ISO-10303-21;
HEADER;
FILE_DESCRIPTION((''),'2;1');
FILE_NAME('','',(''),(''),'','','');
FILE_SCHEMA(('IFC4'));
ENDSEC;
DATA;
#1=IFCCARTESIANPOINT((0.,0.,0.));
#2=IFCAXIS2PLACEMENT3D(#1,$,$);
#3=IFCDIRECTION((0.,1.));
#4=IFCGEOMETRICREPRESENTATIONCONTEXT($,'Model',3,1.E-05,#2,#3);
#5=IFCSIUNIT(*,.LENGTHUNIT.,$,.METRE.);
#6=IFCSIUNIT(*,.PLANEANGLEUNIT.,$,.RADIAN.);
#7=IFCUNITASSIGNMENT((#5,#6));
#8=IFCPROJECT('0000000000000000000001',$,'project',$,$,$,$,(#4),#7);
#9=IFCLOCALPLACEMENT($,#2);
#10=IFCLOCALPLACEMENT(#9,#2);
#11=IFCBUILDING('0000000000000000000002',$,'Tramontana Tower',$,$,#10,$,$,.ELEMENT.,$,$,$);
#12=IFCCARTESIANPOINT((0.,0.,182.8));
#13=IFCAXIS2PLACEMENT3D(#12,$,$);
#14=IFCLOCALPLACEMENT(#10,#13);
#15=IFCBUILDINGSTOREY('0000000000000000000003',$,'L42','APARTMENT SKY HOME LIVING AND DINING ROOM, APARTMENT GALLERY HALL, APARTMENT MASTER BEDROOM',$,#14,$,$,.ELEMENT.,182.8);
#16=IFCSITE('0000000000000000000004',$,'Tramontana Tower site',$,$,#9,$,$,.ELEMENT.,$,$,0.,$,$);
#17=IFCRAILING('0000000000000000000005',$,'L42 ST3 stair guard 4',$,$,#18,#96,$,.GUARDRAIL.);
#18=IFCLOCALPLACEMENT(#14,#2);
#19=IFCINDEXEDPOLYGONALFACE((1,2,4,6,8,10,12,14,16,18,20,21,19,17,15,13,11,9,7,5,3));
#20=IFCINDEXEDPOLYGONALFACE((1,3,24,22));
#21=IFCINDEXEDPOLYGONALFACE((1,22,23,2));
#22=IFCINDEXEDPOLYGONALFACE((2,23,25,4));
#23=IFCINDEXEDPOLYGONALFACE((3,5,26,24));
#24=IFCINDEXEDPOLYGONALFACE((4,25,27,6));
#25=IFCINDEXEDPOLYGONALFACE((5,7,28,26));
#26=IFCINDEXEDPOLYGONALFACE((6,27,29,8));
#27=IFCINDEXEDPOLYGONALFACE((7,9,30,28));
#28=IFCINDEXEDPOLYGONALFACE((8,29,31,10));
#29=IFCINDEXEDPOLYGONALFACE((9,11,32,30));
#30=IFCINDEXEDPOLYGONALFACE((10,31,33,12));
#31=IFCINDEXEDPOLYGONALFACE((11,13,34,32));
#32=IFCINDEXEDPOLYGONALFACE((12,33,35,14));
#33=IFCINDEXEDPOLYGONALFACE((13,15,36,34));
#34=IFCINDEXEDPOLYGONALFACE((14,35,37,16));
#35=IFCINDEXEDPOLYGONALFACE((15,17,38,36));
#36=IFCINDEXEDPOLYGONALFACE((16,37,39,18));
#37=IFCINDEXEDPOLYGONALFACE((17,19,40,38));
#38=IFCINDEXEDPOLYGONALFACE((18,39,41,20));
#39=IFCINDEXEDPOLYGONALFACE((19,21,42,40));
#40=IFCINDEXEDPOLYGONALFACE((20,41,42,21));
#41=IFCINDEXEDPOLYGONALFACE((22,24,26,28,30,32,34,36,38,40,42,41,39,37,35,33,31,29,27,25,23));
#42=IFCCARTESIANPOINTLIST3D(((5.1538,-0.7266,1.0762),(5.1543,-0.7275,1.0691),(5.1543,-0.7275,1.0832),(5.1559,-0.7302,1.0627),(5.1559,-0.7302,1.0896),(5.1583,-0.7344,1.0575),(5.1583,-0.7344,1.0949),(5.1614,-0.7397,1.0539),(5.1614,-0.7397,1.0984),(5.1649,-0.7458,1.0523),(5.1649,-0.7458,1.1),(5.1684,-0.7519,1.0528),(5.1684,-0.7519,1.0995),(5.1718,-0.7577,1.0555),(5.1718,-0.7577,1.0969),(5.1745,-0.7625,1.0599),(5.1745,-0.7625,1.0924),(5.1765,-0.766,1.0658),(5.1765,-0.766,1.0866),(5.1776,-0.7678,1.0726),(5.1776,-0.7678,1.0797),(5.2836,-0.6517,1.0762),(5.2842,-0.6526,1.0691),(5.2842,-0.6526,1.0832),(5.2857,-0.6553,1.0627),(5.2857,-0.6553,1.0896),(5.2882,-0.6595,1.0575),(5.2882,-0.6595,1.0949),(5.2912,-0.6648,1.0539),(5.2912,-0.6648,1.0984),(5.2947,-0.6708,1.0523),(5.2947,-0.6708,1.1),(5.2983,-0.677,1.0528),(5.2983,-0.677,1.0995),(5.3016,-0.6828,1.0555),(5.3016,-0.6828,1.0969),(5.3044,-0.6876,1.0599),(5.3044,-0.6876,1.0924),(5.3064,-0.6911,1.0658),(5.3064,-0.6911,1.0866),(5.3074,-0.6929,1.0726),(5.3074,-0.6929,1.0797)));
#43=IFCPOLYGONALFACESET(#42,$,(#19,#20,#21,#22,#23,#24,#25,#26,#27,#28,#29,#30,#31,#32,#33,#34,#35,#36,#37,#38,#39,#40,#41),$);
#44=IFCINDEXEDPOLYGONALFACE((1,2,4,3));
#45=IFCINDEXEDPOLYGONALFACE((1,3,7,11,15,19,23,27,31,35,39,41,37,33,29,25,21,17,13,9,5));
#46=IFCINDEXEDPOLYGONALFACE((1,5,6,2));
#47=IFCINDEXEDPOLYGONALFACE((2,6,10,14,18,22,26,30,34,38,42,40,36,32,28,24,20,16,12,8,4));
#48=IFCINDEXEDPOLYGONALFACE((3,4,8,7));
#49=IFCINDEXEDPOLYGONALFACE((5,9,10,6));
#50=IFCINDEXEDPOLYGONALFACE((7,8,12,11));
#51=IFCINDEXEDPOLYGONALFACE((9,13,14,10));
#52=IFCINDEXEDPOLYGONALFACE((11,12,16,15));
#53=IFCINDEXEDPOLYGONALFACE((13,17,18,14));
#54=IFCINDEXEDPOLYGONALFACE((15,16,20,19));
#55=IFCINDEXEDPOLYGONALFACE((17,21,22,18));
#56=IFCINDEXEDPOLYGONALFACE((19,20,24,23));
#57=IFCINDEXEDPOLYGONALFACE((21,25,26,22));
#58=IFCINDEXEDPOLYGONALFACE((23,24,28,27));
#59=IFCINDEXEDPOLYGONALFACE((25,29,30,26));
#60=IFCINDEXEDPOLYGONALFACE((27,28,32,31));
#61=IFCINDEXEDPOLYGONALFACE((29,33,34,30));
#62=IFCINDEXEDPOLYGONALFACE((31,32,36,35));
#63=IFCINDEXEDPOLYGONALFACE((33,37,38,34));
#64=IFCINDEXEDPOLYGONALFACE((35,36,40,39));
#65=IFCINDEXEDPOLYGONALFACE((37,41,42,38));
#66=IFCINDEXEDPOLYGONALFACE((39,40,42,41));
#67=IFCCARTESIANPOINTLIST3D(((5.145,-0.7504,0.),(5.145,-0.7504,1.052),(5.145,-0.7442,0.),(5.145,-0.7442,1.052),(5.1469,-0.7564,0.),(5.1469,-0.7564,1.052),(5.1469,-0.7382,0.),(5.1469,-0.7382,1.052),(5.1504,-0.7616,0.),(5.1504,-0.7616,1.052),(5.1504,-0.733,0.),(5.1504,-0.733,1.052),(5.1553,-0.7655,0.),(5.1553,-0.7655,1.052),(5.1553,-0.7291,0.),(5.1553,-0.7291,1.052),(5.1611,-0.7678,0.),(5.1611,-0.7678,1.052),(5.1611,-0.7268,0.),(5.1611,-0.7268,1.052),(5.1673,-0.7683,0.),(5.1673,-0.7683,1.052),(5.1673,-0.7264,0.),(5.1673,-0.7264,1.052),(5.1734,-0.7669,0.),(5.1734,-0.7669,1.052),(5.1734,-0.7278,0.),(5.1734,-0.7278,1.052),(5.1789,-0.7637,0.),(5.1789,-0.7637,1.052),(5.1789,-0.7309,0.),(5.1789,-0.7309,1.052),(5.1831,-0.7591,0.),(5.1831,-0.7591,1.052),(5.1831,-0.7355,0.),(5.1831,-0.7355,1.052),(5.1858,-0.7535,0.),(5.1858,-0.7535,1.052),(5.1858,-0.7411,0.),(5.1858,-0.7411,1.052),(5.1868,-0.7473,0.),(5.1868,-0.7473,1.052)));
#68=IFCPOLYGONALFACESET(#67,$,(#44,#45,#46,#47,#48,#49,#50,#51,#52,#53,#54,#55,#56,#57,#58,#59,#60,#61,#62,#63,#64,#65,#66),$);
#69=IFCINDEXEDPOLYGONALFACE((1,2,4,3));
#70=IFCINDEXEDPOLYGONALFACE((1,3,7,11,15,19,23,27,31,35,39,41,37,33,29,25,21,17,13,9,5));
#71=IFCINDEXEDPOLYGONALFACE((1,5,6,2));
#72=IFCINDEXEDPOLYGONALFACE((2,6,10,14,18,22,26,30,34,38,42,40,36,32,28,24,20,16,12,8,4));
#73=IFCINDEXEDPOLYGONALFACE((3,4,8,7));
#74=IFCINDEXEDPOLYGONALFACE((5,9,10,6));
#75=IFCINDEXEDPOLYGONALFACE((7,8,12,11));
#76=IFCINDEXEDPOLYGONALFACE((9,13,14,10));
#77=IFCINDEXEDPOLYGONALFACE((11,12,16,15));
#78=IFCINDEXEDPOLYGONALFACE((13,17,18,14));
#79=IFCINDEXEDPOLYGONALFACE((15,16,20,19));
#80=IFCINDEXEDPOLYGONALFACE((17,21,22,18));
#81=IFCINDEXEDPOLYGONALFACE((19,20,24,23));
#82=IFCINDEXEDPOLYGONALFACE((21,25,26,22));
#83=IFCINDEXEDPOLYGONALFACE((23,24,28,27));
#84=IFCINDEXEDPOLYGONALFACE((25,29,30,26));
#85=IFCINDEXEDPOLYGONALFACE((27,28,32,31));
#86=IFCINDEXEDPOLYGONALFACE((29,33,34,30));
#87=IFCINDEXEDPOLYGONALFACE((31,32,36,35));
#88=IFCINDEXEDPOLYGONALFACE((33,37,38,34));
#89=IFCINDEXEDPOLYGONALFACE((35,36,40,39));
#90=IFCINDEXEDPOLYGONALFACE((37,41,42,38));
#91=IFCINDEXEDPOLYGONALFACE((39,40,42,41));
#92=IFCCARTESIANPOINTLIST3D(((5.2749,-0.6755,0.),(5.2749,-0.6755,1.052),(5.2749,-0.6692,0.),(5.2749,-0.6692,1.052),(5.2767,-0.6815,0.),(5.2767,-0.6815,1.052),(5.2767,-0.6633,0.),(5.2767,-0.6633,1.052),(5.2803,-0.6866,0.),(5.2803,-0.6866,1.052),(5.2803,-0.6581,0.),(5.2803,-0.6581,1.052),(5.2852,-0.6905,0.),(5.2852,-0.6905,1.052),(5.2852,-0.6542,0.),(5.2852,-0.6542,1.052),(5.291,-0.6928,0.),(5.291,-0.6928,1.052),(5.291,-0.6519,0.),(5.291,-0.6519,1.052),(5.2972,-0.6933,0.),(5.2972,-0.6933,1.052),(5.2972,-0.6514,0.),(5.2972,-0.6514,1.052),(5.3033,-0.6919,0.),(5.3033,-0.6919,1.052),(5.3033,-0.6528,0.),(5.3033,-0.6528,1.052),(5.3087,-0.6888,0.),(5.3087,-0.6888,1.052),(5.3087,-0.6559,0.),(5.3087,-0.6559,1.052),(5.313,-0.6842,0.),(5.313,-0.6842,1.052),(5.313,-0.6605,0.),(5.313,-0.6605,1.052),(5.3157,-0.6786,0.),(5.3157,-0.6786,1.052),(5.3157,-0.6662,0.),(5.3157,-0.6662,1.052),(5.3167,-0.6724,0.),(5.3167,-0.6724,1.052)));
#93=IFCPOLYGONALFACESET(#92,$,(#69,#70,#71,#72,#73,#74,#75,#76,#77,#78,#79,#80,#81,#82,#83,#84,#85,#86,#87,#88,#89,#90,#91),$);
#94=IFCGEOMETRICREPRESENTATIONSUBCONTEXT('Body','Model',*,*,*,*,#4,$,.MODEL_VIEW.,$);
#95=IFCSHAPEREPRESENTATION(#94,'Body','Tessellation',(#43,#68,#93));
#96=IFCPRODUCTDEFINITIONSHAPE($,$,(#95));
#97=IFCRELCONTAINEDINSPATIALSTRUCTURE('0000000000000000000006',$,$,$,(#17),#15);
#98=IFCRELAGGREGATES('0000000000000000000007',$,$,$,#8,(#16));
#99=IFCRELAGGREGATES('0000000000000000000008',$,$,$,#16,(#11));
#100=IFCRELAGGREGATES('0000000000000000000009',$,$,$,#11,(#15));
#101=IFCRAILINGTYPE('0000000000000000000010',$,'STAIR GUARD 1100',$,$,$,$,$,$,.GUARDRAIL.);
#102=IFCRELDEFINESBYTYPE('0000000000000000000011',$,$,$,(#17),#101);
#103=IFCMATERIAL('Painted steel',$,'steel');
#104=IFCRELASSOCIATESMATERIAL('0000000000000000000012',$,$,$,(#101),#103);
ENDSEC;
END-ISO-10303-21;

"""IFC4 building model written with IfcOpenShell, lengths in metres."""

from ifc_helpers import new_model, si_unit, direction, frame, origin, origin_2d, place, context, subcontext, project, spatial, circle, extrude, material, type_object, element, save


model = new_model("IFC4")

# Units and contexts
model_context = context("Model", 3, precision=1e-05, world=origin(), true_north=direction((0.0, 1.0)))
body_context = subcontext(model_context, "Body", "Model", "MODEL_VIEW")
ifc_project = project(units=[si_unit("LENGTHUNIT", "METRE"), si_unit("PLANEANGLEUNIT", "RADIAN")], contexts=[model_context])

# Site, building, storey
site_placement = place(None, origin())
site = spatial("IfcSite", under=ifc_project, at=site_placement, Name="Tramontana Tower site", CompositionType="ELEMENT", RefElevation=0.0)
building_placement = place(site_placement, origin())
building = spatial("IfcBuilding", under=site, at=building_placement, Name="Tramontana Tower", CompositionType="ELEMENT")
storey_placement = place(building_placement, frame((0.0, 0.0, 182.8)))
storey = spatial("IfcBuildingStorey", under=building, at=storey_placement, Name="L42", Description="APARTMENT SKY HOME LIVING AND DINING ROOM, APARTMENT GALLERY HALL, APARTMENT MASTER BEDROOM", CompositionType="ELEMENT", Elevation=182.8)

# Railing
ifc_material_1 = material(Name="Painted steel", Category="steel")
railing_type_1 = type_object("IfcRailingType", Name="STAIR GUARD 1100", PredefinedType="GUARDRAIL", material=ifc_material_1)
railing_1_placement = place(storey_placement, frame((5.1658, -0.7473, 0.0)))
element("IfcRailing", 1, at=railing_1_placement, inside=storey, type_object=railing_type_1, Name="L42 ST3 stair guard 4", PredefinedType="GUARDRAIL", context=body_context, shape_type="SweptSolid", body=[
    extrude(circle(Radius=0.0239, at=origin_2d()), frame((0.0, 0.0, 1.0762), z_axis=(0.866131, 0.499816, 0.0), x_axis=(-0.499816, 0.866131, 0.0)), (0.0, 0.0, 1.0), 0.1499),
    extrude(circle(Radius=0.021, at=origin_2d()), origin(), (0.0, 0.0, 1.0), 1.052),
    extrude(circle(Radius=0.021, at=origin_2d()), frame((0.1299, 0.075, 0.0)), (0.0, 0.0, 1.0), 1.052),
])

save(model, "model.ifc")
